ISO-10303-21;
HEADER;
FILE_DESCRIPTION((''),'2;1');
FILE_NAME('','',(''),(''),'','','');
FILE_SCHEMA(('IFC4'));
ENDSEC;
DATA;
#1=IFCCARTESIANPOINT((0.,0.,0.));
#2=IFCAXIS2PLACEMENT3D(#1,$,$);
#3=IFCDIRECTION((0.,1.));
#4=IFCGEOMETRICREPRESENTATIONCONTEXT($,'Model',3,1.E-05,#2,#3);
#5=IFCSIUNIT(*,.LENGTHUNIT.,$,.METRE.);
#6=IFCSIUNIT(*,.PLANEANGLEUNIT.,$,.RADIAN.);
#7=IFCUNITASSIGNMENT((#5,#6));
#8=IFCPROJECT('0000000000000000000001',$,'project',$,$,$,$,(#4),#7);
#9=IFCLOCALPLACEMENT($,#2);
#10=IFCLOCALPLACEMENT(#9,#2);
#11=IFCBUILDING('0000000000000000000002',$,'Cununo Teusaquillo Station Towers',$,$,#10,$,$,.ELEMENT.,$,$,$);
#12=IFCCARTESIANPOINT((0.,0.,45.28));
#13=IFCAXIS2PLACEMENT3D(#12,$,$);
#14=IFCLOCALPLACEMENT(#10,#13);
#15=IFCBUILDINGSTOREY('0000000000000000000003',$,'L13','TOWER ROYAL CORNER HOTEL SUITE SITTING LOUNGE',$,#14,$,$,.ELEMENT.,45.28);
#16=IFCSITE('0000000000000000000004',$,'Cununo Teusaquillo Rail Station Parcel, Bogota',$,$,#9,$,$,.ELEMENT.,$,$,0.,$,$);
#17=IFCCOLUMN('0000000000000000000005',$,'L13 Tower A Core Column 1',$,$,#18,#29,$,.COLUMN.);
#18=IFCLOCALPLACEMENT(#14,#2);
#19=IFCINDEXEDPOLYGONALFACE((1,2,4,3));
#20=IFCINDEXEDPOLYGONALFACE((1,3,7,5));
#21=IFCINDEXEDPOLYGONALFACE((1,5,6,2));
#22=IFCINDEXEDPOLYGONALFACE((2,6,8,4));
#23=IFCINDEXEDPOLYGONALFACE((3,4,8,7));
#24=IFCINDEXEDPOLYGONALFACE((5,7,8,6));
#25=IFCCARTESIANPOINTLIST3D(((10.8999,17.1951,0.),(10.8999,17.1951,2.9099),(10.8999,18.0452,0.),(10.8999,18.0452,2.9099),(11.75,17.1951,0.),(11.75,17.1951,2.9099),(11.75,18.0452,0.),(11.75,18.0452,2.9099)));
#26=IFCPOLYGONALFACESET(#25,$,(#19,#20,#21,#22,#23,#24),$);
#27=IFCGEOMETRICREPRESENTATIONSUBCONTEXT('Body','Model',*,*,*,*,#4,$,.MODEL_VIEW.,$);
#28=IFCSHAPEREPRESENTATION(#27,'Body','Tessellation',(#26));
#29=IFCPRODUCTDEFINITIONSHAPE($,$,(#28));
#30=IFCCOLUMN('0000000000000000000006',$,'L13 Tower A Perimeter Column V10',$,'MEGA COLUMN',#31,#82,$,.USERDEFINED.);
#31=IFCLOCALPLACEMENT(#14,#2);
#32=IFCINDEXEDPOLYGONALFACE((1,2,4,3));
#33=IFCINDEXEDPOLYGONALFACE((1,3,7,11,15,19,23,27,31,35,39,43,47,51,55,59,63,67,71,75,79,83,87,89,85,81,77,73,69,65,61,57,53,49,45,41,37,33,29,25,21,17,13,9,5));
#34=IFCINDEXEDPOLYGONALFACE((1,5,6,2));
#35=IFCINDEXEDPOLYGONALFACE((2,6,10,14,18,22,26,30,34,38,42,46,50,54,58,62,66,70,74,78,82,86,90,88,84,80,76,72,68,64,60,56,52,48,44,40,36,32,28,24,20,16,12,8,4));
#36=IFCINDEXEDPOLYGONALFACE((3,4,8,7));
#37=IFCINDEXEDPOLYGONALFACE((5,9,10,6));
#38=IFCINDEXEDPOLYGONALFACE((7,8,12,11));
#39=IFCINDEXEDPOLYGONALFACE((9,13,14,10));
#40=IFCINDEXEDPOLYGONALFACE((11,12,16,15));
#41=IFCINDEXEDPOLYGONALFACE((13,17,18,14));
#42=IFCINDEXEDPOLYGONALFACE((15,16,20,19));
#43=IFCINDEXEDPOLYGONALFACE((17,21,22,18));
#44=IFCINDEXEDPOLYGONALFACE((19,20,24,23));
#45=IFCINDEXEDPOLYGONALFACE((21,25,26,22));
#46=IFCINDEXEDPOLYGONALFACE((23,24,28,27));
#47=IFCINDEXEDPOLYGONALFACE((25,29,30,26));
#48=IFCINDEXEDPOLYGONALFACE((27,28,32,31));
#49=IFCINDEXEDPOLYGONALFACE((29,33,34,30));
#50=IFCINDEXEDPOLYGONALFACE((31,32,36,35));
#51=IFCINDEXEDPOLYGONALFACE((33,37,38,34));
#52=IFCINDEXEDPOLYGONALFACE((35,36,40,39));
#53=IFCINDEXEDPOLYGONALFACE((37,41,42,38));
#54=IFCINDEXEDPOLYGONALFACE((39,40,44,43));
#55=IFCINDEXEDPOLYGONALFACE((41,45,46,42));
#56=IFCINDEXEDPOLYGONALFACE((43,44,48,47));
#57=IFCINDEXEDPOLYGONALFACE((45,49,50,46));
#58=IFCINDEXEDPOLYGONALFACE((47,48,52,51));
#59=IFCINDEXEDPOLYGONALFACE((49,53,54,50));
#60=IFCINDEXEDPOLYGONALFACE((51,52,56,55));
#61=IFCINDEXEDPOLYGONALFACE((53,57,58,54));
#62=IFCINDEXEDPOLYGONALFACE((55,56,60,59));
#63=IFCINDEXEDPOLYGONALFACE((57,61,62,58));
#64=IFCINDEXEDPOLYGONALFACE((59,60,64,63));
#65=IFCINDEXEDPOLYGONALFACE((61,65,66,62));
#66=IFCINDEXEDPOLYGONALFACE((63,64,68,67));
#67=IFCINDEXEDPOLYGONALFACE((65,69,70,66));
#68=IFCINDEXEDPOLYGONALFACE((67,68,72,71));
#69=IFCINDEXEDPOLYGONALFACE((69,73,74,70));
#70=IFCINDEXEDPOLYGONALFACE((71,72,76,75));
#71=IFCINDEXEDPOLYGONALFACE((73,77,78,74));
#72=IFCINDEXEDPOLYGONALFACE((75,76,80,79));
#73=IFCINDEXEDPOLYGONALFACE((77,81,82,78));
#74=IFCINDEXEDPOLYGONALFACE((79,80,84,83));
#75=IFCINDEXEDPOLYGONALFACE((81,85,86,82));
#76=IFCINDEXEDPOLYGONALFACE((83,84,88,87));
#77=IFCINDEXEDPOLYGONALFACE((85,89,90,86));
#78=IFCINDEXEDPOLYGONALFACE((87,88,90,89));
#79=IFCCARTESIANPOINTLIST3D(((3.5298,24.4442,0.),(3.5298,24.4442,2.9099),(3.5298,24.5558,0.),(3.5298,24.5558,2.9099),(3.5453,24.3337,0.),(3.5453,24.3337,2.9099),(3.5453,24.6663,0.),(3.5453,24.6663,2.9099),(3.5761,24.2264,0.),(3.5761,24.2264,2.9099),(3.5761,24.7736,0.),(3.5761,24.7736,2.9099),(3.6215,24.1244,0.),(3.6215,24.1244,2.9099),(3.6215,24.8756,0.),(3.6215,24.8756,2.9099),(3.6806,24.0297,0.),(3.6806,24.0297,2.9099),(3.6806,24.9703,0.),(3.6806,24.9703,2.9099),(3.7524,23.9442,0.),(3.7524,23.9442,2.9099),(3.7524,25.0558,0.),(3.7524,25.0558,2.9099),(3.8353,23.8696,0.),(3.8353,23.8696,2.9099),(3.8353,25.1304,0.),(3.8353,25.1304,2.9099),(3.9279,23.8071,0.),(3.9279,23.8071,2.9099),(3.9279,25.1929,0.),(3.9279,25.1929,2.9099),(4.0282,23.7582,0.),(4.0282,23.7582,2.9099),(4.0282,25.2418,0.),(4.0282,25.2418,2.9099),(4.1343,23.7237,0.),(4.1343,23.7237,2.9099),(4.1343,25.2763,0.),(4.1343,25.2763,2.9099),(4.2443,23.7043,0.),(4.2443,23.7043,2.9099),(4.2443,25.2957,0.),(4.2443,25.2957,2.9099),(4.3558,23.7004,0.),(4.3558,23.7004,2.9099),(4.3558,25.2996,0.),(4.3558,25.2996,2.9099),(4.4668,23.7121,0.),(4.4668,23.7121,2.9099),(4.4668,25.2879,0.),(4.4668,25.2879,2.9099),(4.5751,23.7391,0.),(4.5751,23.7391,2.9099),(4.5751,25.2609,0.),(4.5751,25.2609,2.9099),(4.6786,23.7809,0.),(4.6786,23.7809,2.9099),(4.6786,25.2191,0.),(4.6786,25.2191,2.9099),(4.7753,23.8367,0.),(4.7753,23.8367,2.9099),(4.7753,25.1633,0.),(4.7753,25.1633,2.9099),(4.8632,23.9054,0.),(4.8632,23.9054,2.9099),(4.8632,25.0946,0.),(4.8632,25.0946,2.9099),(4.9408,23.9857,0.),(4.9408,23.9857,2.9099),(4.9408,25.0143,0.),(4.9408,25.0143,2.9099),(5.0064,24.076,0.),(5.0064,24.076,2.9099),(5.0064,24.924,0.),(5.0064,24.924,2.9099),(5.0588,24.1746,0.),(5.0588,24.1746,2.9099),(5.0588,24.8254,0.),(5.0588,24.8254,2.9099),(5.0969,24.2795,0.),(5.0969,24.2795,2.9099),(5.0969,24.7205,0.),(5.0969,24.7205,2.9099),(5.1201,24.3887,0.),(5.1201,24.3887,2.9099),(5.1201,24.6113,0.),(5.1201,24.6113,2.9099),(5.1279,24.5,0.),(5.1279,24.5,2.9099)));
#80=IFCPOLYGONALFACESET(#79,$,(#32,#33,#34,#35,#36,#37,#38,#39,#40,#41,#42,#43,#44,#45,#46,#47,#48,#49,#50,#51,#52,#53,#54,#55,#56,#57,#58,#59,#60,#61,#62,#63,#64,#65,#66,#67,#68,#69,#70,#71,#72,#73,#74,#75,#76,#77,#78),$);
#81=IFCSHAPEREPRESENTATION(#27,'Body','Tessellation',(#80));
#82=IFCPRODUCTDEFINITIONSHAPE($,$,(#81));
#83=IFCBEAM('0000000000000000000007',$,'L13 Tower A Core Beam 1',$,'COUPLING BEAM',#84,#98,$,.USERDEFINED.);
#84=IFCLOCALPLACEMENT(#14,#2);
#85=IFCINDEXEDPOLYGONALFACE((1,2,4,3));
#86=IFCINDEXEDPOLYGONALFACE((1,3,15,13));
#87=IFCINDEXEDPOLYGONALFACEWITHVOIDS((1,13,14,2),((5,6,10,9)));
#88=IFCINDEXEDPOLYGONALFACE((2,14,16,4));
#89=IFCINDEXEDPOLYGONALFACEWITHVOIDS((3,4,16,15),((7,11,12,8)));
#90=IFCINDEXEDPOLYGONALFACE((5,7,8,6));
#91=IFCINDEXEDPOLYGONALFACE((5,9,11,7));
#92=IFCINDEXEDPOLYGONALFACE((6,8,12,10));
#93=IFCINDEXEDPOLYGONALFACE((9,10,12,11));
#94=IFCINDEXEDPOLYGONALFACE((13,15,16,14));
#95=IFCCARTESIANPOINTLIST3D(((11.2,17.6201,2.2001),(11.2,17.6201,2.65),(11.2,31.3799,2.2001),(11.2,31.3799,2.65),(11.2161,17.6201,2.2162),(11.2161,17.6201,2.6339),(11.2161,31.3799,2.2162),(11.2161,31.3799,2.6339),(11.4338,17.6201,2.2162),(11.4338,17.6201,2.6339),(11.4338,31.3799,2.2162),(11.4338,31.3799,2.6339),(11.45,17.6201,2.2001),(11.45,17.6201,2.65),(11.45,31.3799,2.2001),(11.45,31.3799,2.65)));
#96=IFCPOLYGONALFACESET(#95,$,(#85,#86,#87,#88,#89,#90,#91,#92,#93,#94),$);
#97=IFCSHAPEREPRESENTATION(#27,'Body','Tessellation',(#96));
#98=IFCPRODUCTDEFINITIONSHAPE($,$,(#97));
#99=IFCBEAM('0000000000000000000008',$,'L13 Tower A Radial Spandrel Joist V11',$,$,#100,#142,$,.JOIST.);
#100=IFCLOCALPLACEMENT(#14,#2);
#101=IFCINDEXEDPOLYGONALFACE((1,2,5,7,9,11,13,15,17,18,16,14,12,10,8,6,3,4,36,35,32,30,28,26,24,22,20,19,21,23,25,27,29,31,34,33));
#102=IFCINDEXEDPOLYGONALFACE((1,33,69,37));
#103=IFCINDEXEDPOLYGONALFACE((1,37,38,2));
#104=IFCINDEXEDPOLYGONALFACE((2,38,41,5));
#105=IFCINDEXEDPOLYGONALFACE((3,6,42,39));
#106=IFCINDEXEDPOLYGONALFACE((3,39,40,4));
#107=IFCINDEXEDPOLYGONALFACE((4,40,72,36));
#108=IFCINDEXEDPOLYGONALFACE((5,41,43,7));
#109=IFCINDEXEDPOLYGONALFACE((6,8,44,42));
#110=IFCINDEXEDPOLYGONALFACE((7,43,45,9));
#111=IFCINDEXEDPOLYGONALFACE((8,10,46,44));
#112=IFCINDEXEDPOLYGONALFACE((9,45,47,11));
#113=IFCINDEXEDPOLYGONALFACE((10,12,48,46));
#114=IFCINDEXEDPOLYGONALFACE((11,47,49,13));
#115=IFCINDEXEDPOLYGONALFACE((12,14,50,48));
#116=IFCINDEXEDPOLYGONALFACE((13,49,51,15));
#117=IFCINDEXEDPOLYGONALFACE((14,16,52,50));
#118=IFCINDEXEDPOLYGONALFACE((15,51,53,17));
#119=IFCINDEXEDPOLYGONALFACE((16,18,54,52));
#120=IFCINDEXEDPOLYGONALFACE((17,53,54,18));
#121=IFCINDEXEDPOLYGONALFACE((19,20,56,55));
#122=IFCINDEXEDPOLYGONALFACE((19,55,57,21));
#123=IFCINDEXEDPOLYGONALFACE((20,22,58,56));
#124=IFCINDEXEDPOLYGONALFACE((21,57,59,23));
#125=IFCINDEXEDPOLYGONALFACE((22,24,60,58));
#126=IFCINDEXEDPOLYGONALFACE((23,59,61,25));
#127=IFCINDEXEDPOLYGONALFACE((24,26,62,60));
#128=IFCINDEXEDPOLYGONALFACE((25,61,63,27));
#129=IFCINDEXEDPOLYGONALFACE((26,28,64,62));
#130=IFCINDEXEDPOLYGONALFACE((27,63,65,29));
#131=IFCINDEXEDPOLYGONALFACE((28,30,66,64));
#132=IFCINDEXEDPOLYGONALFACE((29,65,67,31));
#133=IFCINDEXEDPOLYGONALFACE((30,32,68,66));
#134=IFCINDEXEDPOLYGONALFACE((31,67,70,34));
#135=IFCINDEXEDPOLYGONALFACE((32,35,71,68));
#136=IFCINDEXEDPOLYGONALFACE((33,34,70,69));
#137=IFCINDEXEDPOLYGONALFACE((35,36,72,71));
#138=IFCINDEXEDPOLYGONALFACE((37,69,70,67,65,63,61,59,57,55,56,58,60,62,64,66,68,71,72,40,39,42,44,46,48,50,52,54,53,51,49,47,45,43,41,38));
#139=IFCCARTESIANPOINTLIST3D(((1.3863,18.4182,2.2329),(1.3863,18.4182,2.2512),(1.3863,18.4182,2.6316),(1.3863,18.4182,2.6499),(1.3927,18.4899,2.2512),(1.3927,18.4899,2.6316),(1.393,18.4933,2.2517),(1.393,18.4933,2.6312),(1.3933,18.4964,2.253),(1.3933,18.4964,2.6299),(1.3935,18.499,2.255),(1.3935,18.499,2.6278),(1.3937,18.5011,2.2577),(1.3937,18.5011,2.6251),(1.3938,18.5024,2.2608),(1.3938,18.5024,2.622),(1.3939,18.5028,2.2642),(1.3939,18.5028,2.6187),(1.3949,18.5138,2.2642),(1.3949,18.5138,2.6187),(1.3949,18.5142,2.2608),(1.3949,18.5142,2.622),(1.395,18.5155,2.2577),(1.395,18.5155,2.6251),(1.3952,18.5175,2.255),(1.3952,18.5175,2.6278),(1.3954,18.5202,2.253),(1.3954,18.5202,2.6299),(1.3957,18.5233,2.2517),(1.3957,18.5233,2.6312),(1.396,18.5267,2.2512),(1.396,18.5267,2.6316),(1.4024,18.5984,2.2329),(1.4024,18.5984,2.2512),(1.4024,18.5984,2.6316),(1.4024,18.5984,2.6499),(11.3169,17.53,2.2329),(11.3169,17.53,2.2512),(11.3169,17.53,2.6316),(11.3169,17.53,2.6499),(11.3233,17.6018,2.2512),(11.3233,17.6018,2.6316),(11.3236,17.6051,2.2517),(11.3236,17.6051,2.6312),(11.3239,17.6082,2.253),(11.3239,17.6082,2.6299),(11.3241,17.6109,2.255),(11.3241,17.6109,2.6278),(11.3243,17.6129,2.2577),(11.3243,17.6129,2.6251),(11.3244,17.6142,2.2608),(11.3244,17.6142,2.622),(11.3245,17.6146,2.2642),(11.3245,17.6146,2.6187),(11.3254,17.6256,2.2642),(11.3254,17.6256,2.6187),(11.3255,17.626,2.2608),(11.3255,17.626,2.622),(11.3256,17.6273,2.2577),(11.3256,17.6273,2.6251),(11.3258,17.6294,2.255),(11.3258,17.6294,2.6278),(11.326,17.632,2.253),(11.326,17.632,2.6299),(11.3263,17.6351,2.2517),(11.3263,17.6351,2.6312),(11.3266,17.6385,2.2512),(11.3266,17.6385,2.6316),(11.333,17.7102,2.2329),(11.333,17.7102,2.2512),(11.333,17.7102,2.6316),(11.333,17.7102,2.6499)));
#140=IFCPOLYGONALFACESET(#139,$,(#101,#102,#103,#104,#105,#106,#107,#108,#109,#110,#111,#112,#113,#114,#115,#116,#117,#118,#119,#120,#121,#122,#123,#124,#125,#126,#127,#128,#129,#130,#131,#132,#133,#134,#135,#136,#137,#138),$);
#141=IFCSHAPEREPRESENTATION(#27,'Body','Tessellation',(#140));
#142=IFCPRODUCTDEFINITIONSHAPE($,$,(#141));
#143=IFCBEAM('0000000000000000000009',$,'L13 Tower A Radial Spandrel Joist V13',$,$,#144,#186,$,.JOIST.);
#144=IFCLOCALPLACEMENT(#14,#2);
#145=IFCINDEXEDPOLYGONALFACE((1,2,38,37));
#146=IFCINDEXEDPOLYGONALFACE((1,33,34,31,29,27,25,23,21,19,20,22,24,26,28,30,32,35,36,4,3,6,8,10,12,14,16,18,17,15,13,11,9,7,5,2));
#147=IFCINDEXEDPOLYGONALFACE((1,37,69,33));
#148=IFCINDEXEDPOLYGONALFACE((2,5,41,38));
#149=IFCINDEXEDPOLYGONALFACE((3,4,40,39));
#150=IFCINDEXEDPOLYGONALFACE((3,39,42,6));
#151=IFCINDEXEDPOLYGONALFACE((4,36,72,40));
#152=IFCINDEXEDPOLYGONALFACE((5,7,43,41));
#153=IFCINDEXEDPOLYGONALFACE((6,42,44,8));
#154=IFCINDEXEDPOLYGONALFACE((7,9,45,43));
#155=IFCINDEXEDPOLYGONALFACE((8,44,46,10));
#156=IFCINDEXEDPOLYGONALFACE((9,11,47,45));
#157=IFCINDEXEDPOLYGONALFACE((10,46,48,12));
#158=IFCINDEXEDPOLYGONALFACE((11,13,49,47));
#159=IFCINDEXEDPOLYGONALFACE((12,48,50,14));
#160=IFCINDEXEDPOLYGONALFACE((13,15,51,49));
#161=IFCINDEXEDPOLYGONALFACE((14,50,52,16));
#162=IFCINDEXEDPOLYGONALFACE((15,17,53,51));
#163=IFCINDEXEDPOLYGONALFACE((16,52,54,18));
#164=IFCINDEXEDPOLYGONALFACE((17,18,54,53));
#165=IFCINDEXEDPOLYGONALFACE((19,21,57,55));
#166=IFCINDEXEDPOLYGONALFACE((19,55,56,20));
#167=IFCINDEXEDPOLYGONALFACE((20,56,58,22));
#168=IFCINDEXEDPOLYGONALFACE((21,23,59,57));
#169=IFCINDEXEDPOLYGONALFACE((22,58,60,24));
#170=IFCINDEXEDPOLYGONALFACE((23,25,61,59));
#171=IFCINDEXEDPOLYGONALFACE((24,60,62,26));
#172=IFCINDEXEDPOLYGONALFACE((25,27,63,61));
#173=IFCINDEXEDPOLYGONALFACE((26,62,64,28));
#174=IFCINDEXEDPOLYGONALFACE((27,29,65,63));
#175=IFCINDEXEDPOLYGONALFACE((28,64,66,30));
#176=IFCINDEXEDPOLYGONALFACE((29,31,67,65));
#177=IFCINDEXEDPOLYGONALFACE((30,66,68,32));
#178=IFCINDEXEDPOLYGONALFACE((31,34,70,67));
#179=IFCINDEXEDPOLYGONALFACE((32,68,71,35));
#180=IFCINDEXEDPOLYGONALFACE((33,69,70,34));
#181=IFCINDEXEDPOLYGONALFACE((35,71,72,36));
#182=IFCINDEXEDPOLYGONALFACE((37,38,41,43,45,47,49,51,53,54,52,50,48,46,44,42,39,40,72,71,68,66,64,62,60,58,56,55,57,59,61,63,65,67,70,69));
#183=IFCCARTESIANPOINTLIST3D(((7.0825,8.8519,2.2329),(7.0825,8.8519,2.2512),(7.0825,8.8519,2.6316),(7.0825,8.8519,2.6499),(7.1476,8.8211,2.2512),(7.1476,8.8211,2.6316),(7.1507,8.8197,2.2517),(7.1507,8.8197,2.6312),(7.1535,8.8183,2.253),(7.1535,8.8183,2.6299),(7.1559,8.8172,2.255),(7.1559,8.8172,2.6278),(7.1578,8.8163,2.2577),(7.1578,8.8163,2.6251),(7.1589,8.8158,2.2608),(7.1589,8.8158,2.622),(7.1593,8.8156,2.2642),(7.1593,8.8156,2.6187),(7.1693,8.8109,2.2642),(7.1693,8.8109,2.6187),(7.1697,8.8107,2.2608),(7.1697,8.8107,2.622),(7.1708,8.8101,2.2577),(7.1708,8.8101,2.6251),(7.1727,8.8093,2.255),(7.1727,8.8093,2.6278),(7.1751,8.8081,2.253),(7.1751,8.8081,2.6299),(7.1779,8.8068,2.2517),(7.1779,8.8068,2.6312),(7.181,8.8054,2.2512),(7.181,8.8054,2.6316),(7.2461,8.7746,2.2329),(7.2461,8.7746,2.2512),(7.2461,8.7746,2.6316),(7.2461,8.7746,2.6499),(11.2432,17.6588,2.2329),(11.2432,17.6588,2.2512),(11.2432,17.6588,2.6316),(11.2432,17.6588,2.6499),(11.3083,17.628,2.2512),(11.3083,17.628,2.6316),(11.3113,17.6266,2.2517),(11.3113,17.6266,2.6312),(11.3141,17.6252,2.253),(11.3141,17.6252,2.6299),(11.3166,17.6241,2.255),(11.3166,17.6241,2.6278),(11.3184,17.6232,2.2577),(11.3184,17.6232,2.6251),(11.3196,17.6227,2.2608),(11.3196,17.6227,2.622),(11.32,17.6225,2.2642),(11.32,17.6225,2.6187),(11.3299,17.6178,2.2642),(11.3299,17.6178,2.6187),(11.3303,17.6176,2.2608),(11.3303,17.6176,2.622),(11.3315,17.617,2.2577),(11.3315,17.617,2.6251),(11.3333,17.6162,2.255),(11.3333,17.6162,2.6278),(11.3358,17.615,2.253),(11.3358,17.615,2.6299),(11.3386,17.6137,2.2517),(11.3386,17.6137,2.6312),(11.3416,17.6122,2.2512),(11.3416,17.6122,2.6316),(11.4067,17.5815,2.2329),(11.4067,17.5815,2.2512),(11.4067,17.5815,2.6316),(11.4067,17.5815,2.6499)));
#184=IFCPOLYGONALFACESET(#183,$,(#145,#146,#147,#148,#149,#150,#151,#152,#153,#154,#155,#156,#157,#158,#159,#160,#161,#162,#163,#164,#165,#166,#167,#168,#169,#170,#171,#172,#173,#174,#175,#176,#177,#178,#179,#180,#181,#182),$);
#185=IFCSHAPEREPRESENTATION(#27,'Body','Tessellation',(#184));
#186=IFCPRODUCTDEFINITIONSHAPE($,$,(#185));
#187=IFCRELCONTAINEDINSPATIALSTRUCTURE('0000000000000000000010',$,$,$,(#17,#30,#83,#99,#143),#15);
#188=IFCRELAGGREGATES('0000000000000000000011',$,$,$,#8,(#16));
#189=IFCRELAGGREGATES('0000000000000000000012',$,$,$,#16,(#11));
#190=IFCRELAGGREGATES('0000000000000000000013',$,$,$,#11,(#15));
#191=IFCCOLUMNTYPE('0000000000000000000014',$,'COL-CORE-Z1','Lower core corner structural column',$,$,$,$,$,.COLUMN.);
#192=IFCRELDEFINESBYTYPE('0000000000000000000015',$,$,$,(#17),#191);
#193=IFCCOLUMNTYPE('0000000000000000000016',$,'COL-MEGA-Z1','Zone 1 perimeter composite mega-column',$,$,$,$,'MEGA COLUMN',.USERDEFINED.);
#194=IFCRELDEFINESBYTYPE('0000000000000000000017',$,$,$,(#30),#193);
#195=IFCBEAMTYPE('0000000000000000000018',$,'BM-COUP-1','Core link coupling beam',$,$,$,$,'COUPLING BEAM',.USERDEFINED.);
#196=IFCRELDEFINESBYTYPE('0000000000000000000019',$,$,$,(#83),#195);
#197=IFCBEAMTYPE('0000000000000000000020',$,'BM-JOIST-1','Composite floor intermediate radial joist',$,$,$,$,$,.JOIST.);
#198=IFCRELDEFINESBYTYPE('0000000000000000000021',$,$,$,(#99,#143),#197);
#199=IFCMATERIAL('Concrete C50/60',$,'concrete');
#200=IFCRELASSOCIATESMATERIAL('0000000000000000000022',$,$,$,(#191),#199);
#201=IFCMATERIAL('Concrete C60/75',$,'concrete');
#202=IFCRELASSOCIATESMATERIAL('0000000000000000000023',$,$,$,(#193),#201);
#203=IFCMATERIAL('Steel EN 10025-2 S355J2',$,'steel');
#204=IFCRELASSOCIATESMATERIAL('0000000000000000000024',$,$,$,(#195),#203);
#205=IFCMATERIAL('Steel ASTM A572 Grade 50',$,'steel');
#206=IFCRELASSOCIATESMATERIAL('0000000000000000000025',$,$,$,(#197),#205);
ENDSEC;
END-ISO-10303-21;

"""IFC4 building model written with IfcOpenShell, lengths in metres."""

from ifc_helpers import new_model, si_unit, direction, frame, origin, origin_2d, place, context, subcontext, project, spatial, rectangle, hollow_rectangle, circle, i_section, extrude, material, material_profile, profile_set, type_object, element, save


model = new_model("IFC4")

# Units and contexts
model_context = context("Model", 3, precision=1e-05, world=origin(), true_north=direction((0.0, 1.0)))
body_context = subcontext(model_context, "Body", "Model", "MODEL_VIEW")
ifc_project = project(units=[si_unit("LENGTHUNIT", "METRE"), si_unit("PLANEANGLEUNIT", "RADIAN")], contexts=[model_context])

# Site, building, storey
site_placement = place(None, origin())
site = spatial("IfcSite", under=ifc_project, at=site_placement, Name="Cununo Teusaquillo Rail Station Parcel, Bogota", CompositionType="ELEMENT", RefElevation=0.0)
building_placement = place(site_placement, origin())
building = spatial("IfcBuilding", under=site, at=building_placement, Name="Cununo Teusaquillo Station Towers", CompositionType="ELEMENT")
storey_placement = place(building_placement, frame((0.0, 0.0, 45.28)))
storey = spatial("IfcBuildingStorey", under=building, at=storey_placement, Name="L13", Description="TOWER ROYAL CORNER HOTEL SUITE SITTING LOUNGE", CompositionType="ELEMENT", Elevation=45.28)

# Columns
ifc_material_1 = material(Name="Concrete C50/60", Category="concrete")
ifc_material_profile_1 = material_profile(ifc_material_1, rectangle(XDim=0.8501, YDim=0.8501, at=origin_2d()), Name="RC-RECT-850x850")
ifc_profile_set_1 = profile_set([ifc_material_profile_1], Name="Concrete C50/60")
column_type_1 = type_object("IfcColumnType", Name="COL-CORE-Z1", Description="Lower core corner structural column", PredefinedType="COLUMN", material=ifc_profile_set_1)
column_1_placement = place(storey_placement, frame((11.325, 17.6201, 0.0), z_axis=(0.0, 0.0, 1.0), x_axis=(1.0, 0.0, 0.0)))
element("IfcColumn", 1, at=column_1_placement, inside=storey, type_object=column_type_1, Name="L13 Tower A Core Column 1", PredefinedType="COLUMN", context=body_context, shape_type="SweptSolid", body=[
    extrude(rectangle(XDim=0.8501, YDim=0.8501, at=origin_2d()), origin(), (0.0, 0.0, 1.0), 2.9099),
])
ifc_material_2 = material(Name="Concrete C60/75", Category="concrete")
ifc_material_profile_2 = material_profile(ifc_material_2, circle(Radius=0.8, at=origin_2d()), Name="RC-CIRC-1600")
ifc_profile_set_2 = profile_set([ifc_material_profile_2], Name="Concrete C60/75")
column_type_2 = type_object("IfcColumnType", Name="COL-MEGA-Z1", Description="Zone 1 perimeter composite mega-column", ElementType="MEGA COLUMN", PredefinedType="USERDEFINED", material=ifc_profile_set_2)
column_2_placement = place(storey_placement, frame((4.3279, 24.5, 0.0), z_axis=(0.0, 0.0, 1.0), x_axis=(1.0, 0.0, 0.0)))
element("IfcColumn", 2, at=column_2_placement, inside=storey, type_object=column_type_2, Name="L13 Tower A Perimeter Column V10", ObjectType="MEGA COLUMN", PredefinedType="USERDEFINED", context=body_context, shape_type="SweptSolid", body=[
    extrude(circle(Radius=0.8, at=origin_2d()), origin(), (0.0, 0.0, 1.0), 2.9099),
])

# Beams
ifc_material_3 = material(Name="Steel EN 10025-2 S355J2", Category="steel")
ifc_material_profile_3 = material_profile(ifc_material_3, hollow_rectangle(XDim=0.25, YDim=0.45, WallThickness=0.0161, at=origin_2d()), Name="RHS 450x250x16")
ifc_profile_set_3 = profile_set([ifc_material_profile_3], Name="Steel EN 10025-2 S355J2")
beam_type_1 = type_object("IfcBeamType", Name="BM-COUP-1", Description="Core link coupling beam", ElementType="COUPLING BEAM", PredefinedType="USERDEFINED", material=ifc_profile_set_3)
beam_1_placement = place(storey_placement, frame((11.325, 17.6201, 2.425), z_axis=(0.0, 1.0, 0.0), x_axis=(-1.0, 0.0, 0.0)))
element("IfcBeam", 3, at=beam_1_placement, inside=storey, type_object=beam_type_1, Name="L13 Tower A Core Beam 1", ObjectType="COUPLING BEAM", PredefinedType="USERDEFINED", context=body_context, shape_type="SweptSolid", body=[
    extrude(hollow_rectangle(XDim=0.25, YDim=0.45, WallThickness=0.0161, at=origin_2d()), origin(), (0.0, 0.0, 1.0), 13.7598),
])
ifc_material_4 = material(Name="Steel ASTM A572 Grade 50", Category="steel")
ifc_material_profile_4 = material_profile(ifc_material_4, i_section(OverallWidth=0.1809, OverallDepth=0.417, WebThickness=0.011, FlangeThickness=0.0183, FilletRadius=0.0129, at=origin_2d()), Name="W16X57")
ifc_profile_set_4 = profile_set([ifc_material_profile_4], Name="Steel ASTM A572 Grade 50")
beam_type_2 = type_object("IfcBeamType", Name="BM-JOIST-1", Description="Composite floor intermediate radial joist", PredefinedType="JOIST", material=ifc_profile_set_4)
beam_2_placement = place(storey_placement, frame((11.325, 17.6201, 2.4414), z_axis=(-0.996024, 0.089083, 0.0), x_axis=(-0.089083, -0.996024, 0.0)))
element("IfcBeam", 4, at=beam_2_placement, inside=storey, type_object=beam_type_2, Name="L13 Tower A Radial Spandrel Joist V11", PredefinedType="JOIST", context=body_context, shape_type="SweptSolid", body=[
    extrude(i_section(OverallWidth=0.1809, OverallDepth=0.417, WebThickness=0.011, FlangeThickness=0.0183, FilletRadius=0.0129, at=origin_2d()), origin(), (0.0, 0.0, 1.0), 9.9702),
])
beam_3_placement = place(storey_placement, frame((11.325, 17.6201, 2.4414), z_axis=(-0.427161, -0.904176, 0.0), x_axis=(0.904176, -0.427161, 0.0)))
element("IfcBeam", 5, at=beam_3_placement, inside=storey, type_object=beam_type_2, Name="L13 Tower A Radial Spandrel Joist V13", PredefinedType="JOIST", context=body_context, shape_type="SweptSolid", body=[
    extrude(i_section(OverallWidth=0.1809, OverallDepth=0.417, WebThickness=0.011, FlangeThickness=0.0183, FilletRadius=0.0129, at=origin_2d()), origin(), (0.0, 0.0, 1.0), 9.7402),
])

save(model, "model.ifc")
